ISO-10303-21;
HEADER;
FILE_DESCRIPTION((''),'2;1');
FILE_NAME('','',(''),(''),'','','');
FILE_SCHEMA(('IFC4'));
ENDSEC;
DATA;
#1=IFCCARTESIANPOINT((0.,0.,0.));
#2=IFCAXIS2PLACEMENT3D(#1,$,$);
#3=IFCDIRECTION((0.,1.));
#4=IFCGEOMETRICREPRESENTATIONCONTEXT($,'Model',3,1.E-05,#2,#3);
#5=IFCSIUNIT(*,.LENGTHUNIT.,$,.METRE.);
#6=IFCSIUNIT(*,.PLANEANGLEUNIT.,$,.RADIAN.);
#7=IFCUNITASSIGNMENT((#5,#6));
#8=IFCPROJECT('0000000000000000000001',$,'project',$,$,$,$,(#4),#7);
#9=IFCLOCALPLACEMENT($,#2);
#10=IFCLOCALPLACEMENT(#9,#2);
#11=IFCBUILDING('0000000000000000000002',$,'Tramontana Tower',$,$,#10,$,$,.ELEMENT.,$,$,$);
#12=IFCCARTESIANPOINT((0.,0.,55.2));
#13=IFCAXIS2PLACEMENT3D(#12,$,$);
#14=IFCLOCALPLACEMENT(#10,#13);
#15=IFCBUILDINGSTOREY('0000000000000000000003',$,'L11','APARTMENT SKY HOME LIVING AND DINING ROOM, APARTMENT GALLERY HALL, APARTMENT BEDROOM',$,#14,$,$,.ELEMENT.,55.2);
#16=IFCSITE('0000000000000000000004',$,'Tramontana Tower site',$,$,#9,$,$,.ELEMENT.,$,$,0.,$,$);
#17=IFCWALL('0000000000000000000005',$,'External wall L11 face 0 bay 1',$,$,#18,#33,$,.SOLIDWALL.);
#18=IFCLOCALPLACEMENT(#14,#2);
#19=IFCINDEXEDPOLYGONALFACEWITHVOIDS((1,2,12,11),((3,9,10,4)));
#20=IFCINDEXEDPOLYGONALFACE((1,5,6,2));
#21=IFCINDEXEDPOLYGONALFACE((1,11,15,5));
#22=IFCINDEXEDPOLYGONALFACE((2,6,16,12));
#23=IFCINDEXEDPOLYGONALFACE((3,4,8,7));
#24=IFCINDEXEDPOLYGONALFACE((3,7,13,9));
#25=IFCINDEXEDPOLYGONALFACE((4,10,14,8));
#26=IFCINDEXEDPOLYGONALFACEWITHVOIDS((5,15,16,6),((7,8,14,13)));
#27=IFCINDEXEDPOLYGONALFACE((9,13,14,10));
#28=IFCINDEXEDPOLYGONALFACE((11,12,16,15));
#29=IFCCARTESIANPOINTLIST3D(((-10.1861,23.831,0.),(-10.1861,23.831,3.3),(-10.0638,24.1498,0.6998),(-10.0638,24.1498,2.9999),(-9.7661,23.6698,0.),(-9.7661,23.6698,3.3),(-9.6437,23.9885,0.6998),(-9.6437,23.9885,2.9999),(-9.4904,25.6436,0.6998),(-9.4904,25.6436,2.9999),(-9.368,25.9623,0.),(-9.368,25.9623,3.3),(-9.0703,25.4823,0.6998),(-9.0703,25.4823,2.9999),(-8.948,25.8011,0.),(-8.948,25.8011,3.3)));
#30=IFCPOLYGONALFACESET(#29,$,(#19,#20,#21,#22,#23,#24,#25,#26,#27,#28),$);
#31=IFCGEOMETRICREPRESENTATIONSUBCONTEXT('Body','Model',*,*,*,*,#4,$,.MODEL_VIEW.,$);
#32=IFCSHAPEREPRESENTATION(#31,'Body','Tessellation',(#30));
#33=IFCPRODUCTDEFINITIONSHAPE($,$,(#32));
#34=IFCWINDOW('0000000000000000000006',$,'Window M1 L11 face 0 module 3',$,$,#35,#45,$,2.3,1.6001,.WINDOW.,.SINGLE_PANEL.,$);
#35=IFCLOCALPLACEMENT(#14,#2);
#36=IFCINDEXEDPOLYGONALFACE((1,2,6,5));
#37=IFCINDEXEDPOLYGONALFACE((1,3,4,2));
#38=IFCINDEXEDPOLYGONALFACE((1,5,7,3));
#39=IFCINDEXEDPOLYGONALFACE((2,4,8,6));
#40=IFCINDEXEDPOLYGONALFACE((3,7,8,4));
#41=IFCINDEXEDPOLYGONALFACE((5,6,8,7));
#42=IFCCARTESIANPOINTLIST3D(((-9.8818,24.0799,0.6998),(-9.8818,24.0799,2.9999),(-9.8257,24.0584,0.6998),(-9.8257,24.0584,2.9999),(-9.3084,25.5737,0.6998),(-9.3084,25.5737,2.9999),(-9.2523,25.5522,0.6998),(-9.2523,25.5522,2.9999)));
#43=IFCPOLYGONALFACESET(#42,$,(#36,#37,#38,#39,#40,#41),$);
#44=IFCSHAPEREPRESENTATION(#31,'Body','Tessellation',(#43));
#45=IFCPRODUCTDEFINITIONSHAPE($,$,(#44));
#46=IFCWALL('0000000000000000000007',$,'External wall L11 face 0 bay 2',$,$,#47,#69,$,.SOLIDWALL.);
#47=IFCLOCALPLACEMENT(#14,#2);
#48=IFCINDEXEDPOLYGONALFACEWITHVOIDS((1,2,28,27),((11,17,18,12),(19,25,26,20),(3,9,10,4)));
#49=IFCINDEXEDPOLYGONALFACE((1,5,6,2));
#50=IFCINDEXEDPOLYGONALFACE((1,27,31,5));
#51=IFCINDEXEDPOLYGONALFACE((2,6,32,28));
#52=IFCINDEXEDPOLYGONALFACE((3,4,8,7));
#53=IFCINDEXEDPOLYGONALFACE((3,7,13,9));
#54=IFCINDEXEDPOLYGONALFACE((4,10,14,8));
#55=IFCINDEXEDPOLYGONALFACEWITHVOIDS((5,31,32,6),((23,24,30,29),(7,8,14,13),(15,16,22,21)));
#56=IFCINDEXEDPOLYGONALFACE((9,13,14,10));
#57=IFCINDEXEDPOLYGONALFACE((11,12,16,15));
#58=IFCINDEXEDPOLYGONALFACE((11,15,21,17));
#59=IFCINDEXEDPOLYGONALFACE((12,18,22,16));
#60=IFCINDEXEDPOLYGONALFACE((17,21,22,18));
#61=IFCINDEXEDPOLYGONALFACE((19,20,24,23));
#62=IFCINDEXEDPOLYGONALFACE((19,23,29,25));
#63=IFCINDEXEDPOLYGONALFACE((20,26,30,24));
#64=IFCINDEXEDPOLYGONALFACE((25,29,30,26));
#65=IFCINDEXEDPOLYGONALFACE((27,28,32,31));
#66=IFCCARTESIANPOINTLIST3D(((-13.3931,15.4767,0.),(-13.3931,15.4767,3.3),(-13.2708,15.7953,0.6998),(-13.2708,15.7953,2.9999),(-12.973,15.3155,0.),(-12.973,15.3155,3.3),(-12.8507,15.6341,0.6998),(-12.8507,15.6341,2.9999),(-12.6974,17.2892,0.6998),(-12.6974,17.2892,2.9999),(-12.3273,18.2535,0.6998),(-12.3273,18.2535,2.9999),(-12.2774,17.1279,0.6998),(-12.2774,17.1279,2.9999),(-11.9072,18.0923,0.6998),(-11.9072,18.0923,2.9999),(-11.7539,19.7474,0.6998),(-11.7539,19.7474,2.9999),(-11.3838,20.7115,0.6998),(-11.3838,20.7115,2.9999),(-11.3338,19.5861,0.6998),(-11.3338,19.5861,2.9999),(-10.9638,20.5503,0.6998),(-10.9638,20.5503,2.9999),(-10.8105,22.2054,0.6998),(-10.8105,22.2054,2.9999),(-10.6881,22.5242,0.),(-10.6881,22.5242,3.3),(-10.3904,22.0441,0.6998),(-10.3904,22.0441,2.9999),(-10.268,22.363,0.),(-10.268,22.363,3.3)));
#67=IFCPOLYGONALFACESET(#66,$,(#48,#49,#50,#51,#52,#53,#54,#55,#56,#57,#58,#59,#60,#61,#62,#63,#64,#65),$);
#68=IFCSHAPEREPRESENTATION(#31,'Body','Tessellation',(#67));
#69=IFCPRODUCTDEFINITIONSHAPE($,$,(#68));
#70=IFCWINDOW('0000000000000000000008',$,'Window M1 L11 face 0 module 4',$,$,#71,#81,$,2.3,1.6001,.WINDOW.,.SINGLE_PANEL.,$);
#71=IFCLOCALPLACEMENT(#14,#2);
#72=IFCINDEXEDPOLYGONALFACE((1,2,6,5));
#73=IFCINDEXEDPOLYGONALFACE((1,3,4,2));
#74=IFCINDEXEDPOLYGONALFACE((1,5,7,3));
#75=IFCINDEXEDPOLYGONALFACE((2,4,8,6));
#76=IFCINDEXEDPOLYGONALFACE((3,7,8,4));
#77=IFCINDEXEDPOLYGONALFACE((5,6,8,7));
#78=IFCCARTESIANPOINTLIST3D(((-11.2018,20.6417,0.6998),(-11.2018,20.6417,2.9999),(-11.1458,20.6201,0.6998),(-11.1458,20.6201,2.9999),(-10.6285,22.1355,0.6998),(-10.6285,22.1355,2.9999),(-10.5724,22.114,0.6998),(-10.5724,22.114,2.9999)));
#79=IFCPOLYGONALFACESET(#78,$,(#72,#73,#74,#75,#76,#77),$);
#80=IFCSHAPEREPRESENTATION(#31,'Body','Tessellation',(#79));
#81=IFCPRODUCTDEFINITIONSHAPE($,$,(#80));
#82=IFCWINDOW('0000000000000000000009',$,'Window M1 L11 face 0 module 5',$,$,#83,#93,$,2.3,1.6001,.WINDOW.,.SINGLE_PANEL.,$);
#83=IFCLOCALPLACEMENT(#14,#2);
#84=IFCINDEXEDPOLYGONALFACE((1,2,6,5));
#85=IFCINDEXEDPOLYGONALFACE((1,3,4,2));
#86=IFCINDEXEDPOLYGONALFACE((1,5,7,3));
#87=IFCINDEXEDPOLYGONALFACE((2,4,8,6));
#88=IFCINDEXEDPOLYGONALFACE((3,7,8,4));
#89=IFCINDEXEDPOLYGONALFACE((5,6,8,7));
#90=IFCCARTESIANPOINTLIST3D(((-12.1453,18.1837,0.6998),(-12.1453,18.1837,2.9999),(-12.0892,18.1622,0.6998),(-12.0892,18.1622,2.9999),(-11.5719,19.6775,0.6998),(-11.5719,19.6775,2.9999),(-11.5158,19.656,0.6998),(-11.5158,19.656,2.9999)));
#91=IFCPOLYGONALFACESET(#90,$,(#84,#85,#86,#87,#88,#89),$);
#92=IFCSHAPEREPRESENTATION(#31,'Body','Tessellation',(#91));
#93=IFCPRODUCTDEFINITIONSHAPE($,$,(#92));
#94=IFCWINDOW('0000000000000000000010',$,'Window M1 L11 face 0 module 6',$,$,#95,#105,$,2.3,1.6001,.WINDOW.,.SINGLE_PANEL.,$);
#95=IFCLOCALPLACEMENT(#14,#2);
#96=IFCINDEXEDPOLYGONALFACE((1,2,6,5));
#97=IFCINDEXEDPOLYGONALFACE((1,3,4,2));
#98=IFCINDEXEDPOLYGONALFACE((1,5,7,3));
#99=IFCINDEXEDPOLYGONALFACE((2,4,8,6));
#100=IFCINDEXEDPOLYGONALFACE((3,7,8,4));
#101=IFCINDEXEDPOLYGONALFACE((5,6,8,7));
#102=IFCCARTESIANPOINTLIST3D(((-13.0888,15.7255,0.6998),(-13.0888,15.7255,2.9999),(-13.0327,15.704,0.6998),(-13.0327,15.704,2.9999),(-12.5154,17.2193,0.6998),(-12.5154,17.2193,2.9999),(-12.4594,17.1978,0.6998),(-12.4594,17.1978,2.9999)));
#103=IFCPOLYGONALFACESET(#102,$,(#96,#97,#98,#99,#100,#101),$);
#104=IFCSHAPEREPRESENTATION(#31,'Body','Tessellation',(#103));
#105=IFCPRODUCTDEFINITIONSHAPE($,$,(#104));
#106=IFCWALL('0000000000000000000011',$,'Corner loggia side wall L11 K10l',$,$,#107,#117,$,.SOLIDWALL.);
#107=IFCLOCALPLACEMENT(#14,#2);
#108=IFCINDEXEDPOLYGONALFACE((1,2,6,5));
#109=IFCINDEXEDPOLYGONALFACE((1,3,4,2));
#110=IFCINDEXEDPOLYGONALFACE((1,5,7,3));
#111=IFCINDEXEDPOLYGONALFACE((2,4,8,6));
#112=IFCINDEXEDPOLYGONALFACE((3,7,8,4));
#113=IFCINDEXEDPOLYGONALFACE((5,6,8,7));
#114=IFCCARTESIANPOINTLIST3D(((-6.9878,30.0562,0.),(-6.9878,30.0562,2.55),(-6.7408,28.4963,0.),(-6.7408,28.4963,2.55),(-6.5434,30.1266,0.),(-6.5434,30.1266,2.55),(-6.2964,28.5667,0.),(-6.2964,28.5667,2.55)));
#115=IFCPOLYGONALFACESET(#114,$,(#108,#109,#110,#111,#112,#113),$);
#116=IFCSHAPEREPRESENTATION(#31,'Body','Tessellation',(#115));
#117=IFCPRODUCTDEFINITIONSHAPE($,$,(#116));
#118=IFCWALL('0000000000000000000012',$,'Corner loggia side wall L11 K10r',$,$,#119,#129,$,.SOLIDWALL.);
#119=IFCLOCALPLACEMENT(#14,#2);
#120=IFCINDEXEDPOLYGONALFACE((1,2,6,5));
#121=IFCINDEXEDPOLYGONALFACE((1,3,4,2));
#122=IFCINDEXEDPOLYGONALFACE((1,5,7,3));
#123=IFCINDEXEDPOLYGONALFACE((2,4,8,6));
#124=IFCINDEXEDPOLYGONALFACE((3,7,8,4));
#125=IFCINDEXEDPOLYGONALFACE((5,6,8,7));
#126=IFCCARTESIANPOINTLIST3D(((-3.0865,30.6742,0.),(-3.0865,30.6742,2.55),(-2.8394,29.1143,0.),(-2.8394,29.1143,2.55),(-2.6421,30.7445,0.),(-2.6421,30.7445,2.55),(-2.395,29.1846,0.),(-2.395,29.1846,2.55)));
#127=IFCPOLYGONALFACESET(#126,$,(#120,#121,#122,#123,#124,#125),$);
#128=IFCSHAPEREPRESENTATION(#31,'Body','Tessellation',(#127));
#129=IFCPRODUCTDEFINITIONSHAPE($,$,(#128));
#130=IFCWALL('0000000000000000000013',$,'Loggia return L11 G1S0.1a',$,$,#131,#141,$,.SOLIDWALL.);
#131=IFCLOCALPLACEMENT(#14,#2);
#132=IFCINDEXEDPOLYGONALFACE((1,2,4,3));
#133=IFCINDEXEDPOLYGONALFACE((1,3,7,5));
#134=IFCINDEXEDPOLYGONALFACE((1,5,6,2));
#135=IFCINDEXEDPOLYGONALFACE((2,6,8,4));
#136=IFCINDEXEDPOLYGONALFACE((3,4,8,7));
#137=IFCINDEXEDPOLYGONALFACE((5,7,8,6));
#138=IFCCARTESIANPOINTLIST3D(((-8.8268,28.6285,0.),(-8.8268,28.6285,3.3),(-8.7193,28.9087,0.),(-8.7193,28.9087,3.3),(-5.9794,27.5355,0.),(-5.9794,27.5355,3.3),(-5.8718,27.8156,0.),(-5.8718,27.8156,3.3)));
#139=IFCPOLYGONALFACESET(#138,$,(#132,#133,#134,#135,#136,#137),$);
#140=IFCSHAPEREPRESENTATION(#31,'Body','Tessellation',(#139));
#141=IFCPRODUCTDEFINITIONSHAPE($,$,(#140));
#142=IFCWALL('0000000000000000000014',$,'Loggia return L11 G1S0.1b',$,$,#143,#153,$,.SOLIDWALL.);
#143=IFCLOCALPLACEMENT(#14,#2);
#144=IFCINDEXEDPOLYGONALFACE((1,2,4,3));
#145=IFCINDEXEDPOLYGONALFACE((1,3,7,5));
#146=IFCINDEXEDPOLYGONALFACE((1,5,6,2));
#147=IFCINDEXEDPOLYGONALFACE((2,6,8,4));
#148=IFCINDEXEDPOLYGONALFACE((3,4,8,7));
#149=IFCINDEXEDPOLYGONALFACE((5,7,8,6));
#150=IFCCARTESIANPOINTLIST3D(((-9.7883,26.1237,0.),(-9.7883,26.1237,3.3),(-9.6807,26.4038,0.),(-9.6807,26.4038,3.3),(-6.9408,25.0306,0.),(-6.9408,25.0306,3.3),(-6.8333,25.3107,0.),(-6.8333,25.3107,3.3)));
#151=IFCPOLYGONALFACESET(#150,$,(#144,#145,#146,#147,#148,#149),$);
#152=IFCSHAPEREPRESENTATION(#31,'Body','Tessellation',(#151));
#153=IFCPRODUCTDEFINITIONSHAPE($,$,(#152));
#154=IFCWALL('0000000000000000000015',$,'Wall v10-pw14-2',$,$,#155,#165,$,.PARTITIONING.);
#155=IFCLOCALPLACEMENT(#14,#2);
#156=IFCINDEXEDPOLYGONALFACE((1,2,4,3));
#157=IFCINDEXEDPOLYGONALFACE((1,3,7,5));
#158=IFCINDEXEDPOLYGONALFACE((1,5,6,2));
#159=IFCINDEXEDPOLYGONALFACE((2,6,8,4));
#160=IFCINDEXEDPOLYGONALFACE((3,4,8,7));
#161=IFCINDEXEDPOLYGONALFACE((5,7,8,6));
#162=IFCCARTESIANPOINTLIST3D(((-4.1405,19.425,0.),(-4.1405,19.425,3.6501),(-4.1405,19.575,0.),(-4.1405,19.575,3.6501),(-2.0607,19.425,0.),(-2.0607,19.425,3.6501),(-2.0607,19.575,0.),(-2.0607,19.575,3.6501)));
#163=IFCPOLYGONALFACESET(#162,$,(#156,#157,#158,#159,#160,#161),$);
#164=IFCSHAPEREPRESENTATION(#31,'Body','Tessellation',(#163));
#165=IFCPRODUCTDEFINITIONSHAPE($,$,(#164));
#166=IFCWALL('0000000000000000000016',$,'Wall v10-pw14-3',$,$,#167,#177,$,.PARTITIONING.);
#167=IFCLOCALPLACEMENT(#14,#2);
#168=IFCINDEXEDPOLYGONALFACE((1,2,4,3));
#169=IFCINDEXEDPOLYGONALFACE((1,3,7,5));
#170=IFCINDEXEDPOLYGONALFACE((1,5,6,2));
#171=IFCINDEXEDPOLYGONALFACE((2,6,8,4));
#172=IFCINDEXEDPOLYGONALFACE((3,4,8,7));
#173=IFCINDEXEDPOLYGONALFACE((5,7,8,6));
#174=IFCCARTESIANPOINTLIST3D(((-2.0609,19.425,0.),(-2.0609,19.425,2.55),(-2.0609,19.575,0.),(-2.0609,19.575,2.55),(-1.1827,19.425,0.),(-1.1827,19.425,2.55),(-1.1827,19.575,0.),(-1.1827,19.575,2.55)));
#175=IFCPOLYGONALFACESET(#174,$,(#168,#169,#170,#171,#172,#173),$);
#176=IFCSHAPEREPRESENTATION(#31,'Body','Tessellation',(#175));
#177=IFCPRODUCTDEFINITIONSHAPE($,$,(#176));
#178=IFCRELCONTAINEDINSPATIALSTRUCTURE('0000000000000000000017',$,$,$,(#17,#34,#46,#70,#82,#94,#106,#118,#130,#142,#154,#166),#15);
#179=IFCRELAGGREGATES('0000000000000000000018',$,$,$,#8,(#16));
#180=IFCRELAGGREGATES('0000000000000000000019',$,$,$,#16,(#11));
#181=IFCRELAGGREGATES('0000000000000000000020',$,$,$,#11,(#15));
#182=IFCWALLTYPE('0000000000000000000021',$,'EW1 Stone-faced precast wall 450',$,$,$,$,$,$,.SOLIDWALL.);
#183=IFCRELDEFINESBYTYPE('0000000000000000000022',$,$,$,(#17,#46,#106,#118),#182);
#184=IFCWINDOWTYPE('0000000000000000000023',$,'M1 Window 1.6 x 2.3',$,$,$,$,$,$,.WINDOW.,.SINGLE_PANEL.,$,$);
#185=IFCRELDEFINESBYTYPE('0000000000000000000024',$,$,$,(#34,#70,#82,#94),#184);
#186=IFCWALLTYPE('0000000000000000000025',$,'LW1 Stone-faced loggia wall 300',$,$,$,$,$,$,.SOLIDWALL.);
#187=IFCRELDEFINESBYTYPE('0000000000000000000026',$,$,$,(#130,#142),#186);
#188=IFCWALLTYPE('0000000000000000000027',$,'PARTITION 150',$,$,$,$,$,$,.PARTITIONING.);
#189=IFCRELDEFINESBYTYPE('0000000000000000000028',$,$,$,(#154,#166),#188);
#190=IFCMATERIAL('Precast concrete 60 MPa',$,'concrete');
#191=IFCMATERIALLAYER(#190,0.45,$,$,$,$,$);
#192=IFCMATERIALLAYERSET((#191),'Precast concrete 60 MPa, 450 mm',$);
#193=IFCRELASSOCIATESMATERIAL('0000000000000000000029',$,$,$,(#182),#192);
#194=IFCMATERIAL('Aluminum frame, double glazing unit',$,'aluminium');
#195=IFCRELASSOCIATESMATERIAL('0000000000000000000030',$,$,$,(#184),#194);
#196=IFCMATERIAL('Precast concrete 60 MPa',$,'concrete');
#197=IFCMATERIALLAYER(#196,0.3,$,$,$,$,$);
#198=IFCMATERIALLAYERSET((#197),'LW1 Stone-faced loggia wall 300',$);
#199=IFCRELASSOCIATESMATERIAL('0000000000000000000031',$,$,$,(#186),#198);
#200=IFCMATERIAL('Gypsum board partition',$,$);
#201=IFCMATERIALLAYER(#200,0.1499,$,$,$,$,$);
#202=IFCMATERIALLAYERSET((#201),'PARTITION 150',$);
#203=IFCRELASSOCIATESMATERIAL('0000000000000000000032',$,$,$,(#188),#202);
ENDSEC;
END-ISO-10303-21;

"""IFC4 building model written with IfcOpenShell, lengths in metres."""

from ifc_helpers import new_model, si_unit, direction, frame, frame_2d, origin, place, context, subcontext, project, spatial, rectangle, extrude, material, layer, layer_set, type_object, element, fill, save


model = new_model("IFC4")

# Units and contexts
model_context = context("Model", 3, precision=1e-05, world=origin(), true_north=direction((0.0, 1.0)))
body_context = subcontext(model_context, "Body", "Model", "MODEL_VIEW")
ifc_project = project(units=[si_unit("LENGTHUNIT", "METRE"), si_unit("PLANEANGLEUNIT", "RADIAN")], contexts=[model_context])

# Site, building, storey
site_placement = place(None, origin())
site = spatial("IfcSite", under=ifc_project, at=site_placement, Name="Tramontana Tower site", CompositionType="ELEMENT", RefElevation=0.0)
building_placement = place(site_placement, origin())
building = spatial("IfcBuilding", under=site, at=building_placement, Name="Tramontana Tower", CompositionType="ELEMENT")
storey_placement = place(building_placement, frame((0.0, 0.0, 55.2)))
storey = spatial("IfcBuildingStorey", under=building, at=storey_placement, Name="L11", Description="APARTMENT SKY HOME LIVING AND DINING ROOM, APARTMENT GALLERY HALL, APARTMENT BEDROOM", CompositionType="ELEMENT", Elevation=55.2)

# Wall, opening, window
ifc_material_1 = material(Name="Precast concrete 60 MPa", Category="concrete")
ifc_layer_1 = layer(ifc_material_1, 0.45)
ifc_layer_set_1 = layer_set([ifc_layer_1], Name="Precast concrete 60 MPa, 450 mm")
wall_type_1 = type_object("IfcWallType", Name="EW1 Stone-faced precast wall 450", PredefinedType="SOLIDWALL", material=ifc_layer_set_1)
wall_1_placement = place(storey_placement, frame((-9.158, 25.8818, 0.0), z_axis=(0.0, 0.0, 1.0), x_axis=(-0.358356, -0.933585, 0.0)))
wall_1 = element("IfcWall", 1, at=wall_1_placement, inside=storey, type_object=wall_type_1, Name="External wall L11 face 0 bay 1", PredefinedType="SOLIDWALL", context=body_context, shape_type="SweptSolid", body=[
    extrude(rectangle(XDim=2.283, YDim=0.45, at=frame_2d((1.1416, 0.0))), origin(), (0.0, 0.0, 1.0), 3.3),
])
opening_1_placement = place(wall_1_placement, frame((0.3416, 0.0, 0.7)))
opening_1 = element("IfcOpeningElement", 2, at=opening_1_placement, cuts=wall_1, PredefinedType="OPENING", context=body_context, shape_type="SweptSolid", body=[
    extrude(rectangle(XDim=1.6001, YDim=2.3, at=frame_2d((0.8, 1.1499))), frame((0.0, 0.2349, 0.0), z_axis=(0.0, -1.0, 0.0), x_axis=(1.0, 0.0, 0.0)), (0.0, 0.0, 1.0), 0.47),
])
ifc_material_2 = material(Name="Aluminum frame, double glazing unit", Category="aluminium")
window_type_1 = type_object("IfcWindowType", Name="M1 Window 1.6 x 2.3", PartitioningType="SINGLE_PANEL", PredefinedType="WINDOW", material=ifc_material_2)
window_1_placement = place(opening_1_placement, origin())
window_1 = element("IfcWindow", 3, at=window_1_placement, inside=storey, type_object=window_type_1, Name="Window M1 L11 face 0 module 3", OverallHeight=2.3, OverallWidth=1.6001, PartitioningType="SINGLE_PANEL", PredefinedType="WINDOW", context=body_context, shape_type="SweptSolid", body=[
    extrude(rectangle(XDim=1.6001, YDim=2.3, at=frame_2d((0.8, 1.1499))), frame((0.0, 0.03, 0.0), z_axis=(0.0, -1.0, 0.0), x_axis=(1.0, 0.0, 0.0)), (0.0, 0.0, 1.0), 0.0601),
])
fill(opening_1, window_1)

# Wall, openings, windows
wall_2_placement = place(storey_placement, frame((-10.478, 22.4436, 0.0), z_axis=(0.0, 0.0, 1.0), x_axis=(-0.35834, -0.933591, 0.0)))
wall_2 = element("IfcWall", 4, at=wall_2_placement, inside=storey, type_object=wall_type_1, Name="External wall L11 face 0 bay 2", PredefinedType="SOLIDWALL", context=body_context, shape_type="SweptSolid", body=[
    extrude(rectangle(XDim=7.5488, YDim=0.45, at=frame_2d((3.7744, 0.0))), origin(), (0.0, 0.0, 1.0), 3.3),
])
opening_2_placement = place(wall_2_placement, frame((0.3416, 0.0, 0.7)))
opening_2 = element("IfcOpeningElement", 5, at=opening_2_placement, cuts=wall_2, PredefinedType="OPENING", context=body_context, shape_type="SweptSolid", body=[
    extrude(rectangle(XDim=1.6001, YDim=2.3, at=frame_2d((0.8, 1.1499))), frame((0.0, 0.2349, 0.0), z_axis=(0.0, -1.0, 0.0), x_axis=(1.0, 0.0, 0.0)), (0.0, 0.0, 1.0), 0.47),
])
opening_3_placement = place(wall_2_placement, frame((2.9744, 0.0, 0.7)))
opening_3 = element("IfcOpeningElement", 6, at=opening_3_placement, cuts=wall_2, PredefinedType="OPENING", context=body_context, shape_type="SweptSolid", body=[
    extrude(rectangle(XDim=1.6001, YDim=2.3, at=frame_2d((0.8, 1.1499))), frame((0.0, 0.2349, 0.0), z_axis=(0.0, -1.0, 0.0), x_axis=(1.0, 0.0, 0.0)), (0.0, 0.0, 1.0), 0.47),
])
opening_4_placement = place(wall_2_placement, frame((5.6074, 0.0, 0.7)))
opening_4 = element("IfcOpeningElement", 7, at=opening_4_placement, cuts=wall_2, PredefinedType="OPENING", context=body_context, shape_type="SweptSolid", body=[
    extrude(rectangle(XDim=1.6001, YDim=2.3, at=frame_2d((0.8, 1.1499))), frame((0.0, 0.2349, 0.0), z_axis=(0.0, -1.0, 0.0), x_axis=(1.0, 0.0, 0.0)), (0.0, 0.0, 1.0), 0.47),
])
window_2_placement = place(opening_2_placement, origin())
window_2 = element("IfcWindow", 8, at=window_2_placement, inside=storey, type_object=window_type_1, Name="Window M1 L11 face 0 module 4", OverallHeight=2.3, OverallWidth=1.6001, PartitioningType="SINGLE_PANEL", PredefinedType="WINDOW", context=body_context, shape_type="SweptSolid", body=[
    extrude(rectangle(XDim=1.6001, YDim=2.3, at=frame_2d((0.8, 1.1499))), frame((0.0, 0.03, 0.0), z_axis=(0.0, -1.0, 0.0), x_axis=(1.0, 0.0, 0.0)), (0.0, 0.0, 1.0), 0.0601),
])
fill(opening_2, window_2)
window_3_placement = place(opening_3_placement, origin())
window_3 = element("IfcWindow", 9, at=window_3_placement, inside=storey, type_object=window_type_1, Name="Window M1 L11 face 0 module 5", OverallHeight=2.3, OverallWidth=1.6001, PartitioningType="SINGLE_PANEL", PredefinedType="WINDOW", context=body_context, shape_type="SweptSolid", body=[
    extrude(rectangle(XDim=1.6001, YDim=2.3, at=frame_2d((0.8, 1.1499))), frame((0.0, 0.03, 0.0), z_axis=(0.0, -1.0, 0.0), x_axis=(1.0, 0.0, 0.0)), (0.0, 0.0, 1.0), 0.0601),
])
fill(opening_3, window_3)
window_4_placement = place(opening_4_placement, origin())
window_4 = element("IfcWindow", 10, at=window_4_placement, inside=storey, type_object=window_type_1, Name="Window M1 L11 face 0 module 6", OverallHeight=2.3, OverallWidth=1.6001, PartitioningType="SINGLE_PANEL", PredefinedType="WINDOW", context=body_context, shape_type="SweptSolid", body=[
    extrude(rectangle(XDim=1.6001, YDim=2.3, at=frame_2d((0.8, 1.1499))), frame((0.0, 0.03, 0.0), z_axis=(0.0, -1.0, 0.0), x_axis=(1.0, 0.0, 0.0)), (0.0, 0.0, 1.0), 0.0601),
])
fill(opening_4, window_4)

# Walls
for number, where, z_axis, x_axis, name in (
    (11, (-6.7656, 30.0913, 0.0), (0.0, 0.0, 1.0), (0.156447, -0.987686, 0.0), "Corner loggia side wall L11 K10l"),
    (12, (-2.8643, 30.7092, 0.0), (0.0, 0.0, 1.0), (0.156447, -0.987686, 0.0), "Corner loggia side wall L11 K10r"),
):
    element("IfcWall", number, at=place(storey_placement, frame(where, z_axis=z_axis, x_axis=x_axis)), inside=storey, type_object=wall_type_1, Name=name, PredefinedType="SOLIDWALL", context=body_context, shape_type="SweptSolid", body=[
        extrude(rectangle(XDim=1.5793, YDim=0.45, at=frame_2d((0.7896, 0.0))), origin(), (0.0, 0.0, 1.0), 2.55),
    ])

# Shared definitions
ifc_material_3 = material(Name="Precast concrete 60 MPa", Category="concrete")
ifc_layer_2 = layer(ifc_material_3, 0.3)
ifc_layer_set_2 = layer_set([ifc_layer_2], Name="LW1 Stone-faced loggia wall 300")
wall_type_2 = type_object("IfcWallType", Name="LW1 Stone-faced loggia wall 300", PredefinedType="SOLIDWALL", material=ifc_layer_set_2)

# Walls
for number, where, z_axis, x_axis, name in (
    (13, (-8.7729, 28.7686, 0.0), (0.0, 0.0, 1.0), (0.933581, -0.358368, 0.0), "Loggia return L11 G1S0.1a"),
    (14, (-9.7344, 26.2637, 0.0), (0.0, 0.0, 1.0), (0.933581, -0.358368, 0.0), "Loggia return L11 G1S0.1b"),
):
    element("IfcWall", number, at=place(storey_placement, frame(where, z_axis=z_axis, x_axis=x_axis)), inside=storey, type_object=wall_type_2, Name=name, PredefinedType="SOLIDWALL", context=body_context, shape_type="SweptSolid", body=[
        extrude(rectangle(XDim=3.05, YDim=0.3, at=frame_2d((1.5249, 0.0))), origin(), (0.0, 0.0, 1.0), 3.3),
    ])

# Shared definitions
ifc_material_4 = material(Name="Gypsum board partition")
ifc_layer_3 = layer(ifc_material_4, 0.1499)
ifc_layer_set_3 = layer_set([ifc_layer_3], Name="PARTITION 150")
wall_type_3 = type_object("IfcWallType", Name="PARTITION 150", PredefinedType="PARTITIONING", material=ifc_layer_set_3)

# Walls
wall_3_placement = place(storey_placement, frame((-4.1406, 19.5, 0.0), z_axis=(0.0, 0.0, 1.0), x_axis=(1.0, 0.0, 0.0)))
element("IfcWall", 15, at=wall_3_placement, inside=storey, type_object=wall_type_3, Name="Wall v10-pw14-2", PredefinedType="PARTITIONING", context=body_context, shape_type="SweptSolid", body=[
    extrude(rectangle(XDim=2.0798, YDim=0.1499, at=frame_2d((1.04, 0.0))), origin(), (0.0, 0.0, 1.0), 3.6501),
])
wall_4_placement = place(storey_placement, frame((-2.0608, 19.5, 0.0), z_axis=(0.0, 0.0, 1.0), x_axis=(1.0, 0.0, 0.0)))
element("IfcWall", 16, at=wall_4_placement, inside=storey, type_object=wall_type_3, Name="Wall v10-pw14-3", PredefinedType="PARTITIONING", context=body_context, shape_type="SweptSolid", body=[
    extrude(rectangle(XDim=0.8782, YDim=0.1499, at=frame_2d((0.439, 0.0))), origin(), (0.0, 0.0, 1.0), 2.55),
])

save(model, "model.ifc")
